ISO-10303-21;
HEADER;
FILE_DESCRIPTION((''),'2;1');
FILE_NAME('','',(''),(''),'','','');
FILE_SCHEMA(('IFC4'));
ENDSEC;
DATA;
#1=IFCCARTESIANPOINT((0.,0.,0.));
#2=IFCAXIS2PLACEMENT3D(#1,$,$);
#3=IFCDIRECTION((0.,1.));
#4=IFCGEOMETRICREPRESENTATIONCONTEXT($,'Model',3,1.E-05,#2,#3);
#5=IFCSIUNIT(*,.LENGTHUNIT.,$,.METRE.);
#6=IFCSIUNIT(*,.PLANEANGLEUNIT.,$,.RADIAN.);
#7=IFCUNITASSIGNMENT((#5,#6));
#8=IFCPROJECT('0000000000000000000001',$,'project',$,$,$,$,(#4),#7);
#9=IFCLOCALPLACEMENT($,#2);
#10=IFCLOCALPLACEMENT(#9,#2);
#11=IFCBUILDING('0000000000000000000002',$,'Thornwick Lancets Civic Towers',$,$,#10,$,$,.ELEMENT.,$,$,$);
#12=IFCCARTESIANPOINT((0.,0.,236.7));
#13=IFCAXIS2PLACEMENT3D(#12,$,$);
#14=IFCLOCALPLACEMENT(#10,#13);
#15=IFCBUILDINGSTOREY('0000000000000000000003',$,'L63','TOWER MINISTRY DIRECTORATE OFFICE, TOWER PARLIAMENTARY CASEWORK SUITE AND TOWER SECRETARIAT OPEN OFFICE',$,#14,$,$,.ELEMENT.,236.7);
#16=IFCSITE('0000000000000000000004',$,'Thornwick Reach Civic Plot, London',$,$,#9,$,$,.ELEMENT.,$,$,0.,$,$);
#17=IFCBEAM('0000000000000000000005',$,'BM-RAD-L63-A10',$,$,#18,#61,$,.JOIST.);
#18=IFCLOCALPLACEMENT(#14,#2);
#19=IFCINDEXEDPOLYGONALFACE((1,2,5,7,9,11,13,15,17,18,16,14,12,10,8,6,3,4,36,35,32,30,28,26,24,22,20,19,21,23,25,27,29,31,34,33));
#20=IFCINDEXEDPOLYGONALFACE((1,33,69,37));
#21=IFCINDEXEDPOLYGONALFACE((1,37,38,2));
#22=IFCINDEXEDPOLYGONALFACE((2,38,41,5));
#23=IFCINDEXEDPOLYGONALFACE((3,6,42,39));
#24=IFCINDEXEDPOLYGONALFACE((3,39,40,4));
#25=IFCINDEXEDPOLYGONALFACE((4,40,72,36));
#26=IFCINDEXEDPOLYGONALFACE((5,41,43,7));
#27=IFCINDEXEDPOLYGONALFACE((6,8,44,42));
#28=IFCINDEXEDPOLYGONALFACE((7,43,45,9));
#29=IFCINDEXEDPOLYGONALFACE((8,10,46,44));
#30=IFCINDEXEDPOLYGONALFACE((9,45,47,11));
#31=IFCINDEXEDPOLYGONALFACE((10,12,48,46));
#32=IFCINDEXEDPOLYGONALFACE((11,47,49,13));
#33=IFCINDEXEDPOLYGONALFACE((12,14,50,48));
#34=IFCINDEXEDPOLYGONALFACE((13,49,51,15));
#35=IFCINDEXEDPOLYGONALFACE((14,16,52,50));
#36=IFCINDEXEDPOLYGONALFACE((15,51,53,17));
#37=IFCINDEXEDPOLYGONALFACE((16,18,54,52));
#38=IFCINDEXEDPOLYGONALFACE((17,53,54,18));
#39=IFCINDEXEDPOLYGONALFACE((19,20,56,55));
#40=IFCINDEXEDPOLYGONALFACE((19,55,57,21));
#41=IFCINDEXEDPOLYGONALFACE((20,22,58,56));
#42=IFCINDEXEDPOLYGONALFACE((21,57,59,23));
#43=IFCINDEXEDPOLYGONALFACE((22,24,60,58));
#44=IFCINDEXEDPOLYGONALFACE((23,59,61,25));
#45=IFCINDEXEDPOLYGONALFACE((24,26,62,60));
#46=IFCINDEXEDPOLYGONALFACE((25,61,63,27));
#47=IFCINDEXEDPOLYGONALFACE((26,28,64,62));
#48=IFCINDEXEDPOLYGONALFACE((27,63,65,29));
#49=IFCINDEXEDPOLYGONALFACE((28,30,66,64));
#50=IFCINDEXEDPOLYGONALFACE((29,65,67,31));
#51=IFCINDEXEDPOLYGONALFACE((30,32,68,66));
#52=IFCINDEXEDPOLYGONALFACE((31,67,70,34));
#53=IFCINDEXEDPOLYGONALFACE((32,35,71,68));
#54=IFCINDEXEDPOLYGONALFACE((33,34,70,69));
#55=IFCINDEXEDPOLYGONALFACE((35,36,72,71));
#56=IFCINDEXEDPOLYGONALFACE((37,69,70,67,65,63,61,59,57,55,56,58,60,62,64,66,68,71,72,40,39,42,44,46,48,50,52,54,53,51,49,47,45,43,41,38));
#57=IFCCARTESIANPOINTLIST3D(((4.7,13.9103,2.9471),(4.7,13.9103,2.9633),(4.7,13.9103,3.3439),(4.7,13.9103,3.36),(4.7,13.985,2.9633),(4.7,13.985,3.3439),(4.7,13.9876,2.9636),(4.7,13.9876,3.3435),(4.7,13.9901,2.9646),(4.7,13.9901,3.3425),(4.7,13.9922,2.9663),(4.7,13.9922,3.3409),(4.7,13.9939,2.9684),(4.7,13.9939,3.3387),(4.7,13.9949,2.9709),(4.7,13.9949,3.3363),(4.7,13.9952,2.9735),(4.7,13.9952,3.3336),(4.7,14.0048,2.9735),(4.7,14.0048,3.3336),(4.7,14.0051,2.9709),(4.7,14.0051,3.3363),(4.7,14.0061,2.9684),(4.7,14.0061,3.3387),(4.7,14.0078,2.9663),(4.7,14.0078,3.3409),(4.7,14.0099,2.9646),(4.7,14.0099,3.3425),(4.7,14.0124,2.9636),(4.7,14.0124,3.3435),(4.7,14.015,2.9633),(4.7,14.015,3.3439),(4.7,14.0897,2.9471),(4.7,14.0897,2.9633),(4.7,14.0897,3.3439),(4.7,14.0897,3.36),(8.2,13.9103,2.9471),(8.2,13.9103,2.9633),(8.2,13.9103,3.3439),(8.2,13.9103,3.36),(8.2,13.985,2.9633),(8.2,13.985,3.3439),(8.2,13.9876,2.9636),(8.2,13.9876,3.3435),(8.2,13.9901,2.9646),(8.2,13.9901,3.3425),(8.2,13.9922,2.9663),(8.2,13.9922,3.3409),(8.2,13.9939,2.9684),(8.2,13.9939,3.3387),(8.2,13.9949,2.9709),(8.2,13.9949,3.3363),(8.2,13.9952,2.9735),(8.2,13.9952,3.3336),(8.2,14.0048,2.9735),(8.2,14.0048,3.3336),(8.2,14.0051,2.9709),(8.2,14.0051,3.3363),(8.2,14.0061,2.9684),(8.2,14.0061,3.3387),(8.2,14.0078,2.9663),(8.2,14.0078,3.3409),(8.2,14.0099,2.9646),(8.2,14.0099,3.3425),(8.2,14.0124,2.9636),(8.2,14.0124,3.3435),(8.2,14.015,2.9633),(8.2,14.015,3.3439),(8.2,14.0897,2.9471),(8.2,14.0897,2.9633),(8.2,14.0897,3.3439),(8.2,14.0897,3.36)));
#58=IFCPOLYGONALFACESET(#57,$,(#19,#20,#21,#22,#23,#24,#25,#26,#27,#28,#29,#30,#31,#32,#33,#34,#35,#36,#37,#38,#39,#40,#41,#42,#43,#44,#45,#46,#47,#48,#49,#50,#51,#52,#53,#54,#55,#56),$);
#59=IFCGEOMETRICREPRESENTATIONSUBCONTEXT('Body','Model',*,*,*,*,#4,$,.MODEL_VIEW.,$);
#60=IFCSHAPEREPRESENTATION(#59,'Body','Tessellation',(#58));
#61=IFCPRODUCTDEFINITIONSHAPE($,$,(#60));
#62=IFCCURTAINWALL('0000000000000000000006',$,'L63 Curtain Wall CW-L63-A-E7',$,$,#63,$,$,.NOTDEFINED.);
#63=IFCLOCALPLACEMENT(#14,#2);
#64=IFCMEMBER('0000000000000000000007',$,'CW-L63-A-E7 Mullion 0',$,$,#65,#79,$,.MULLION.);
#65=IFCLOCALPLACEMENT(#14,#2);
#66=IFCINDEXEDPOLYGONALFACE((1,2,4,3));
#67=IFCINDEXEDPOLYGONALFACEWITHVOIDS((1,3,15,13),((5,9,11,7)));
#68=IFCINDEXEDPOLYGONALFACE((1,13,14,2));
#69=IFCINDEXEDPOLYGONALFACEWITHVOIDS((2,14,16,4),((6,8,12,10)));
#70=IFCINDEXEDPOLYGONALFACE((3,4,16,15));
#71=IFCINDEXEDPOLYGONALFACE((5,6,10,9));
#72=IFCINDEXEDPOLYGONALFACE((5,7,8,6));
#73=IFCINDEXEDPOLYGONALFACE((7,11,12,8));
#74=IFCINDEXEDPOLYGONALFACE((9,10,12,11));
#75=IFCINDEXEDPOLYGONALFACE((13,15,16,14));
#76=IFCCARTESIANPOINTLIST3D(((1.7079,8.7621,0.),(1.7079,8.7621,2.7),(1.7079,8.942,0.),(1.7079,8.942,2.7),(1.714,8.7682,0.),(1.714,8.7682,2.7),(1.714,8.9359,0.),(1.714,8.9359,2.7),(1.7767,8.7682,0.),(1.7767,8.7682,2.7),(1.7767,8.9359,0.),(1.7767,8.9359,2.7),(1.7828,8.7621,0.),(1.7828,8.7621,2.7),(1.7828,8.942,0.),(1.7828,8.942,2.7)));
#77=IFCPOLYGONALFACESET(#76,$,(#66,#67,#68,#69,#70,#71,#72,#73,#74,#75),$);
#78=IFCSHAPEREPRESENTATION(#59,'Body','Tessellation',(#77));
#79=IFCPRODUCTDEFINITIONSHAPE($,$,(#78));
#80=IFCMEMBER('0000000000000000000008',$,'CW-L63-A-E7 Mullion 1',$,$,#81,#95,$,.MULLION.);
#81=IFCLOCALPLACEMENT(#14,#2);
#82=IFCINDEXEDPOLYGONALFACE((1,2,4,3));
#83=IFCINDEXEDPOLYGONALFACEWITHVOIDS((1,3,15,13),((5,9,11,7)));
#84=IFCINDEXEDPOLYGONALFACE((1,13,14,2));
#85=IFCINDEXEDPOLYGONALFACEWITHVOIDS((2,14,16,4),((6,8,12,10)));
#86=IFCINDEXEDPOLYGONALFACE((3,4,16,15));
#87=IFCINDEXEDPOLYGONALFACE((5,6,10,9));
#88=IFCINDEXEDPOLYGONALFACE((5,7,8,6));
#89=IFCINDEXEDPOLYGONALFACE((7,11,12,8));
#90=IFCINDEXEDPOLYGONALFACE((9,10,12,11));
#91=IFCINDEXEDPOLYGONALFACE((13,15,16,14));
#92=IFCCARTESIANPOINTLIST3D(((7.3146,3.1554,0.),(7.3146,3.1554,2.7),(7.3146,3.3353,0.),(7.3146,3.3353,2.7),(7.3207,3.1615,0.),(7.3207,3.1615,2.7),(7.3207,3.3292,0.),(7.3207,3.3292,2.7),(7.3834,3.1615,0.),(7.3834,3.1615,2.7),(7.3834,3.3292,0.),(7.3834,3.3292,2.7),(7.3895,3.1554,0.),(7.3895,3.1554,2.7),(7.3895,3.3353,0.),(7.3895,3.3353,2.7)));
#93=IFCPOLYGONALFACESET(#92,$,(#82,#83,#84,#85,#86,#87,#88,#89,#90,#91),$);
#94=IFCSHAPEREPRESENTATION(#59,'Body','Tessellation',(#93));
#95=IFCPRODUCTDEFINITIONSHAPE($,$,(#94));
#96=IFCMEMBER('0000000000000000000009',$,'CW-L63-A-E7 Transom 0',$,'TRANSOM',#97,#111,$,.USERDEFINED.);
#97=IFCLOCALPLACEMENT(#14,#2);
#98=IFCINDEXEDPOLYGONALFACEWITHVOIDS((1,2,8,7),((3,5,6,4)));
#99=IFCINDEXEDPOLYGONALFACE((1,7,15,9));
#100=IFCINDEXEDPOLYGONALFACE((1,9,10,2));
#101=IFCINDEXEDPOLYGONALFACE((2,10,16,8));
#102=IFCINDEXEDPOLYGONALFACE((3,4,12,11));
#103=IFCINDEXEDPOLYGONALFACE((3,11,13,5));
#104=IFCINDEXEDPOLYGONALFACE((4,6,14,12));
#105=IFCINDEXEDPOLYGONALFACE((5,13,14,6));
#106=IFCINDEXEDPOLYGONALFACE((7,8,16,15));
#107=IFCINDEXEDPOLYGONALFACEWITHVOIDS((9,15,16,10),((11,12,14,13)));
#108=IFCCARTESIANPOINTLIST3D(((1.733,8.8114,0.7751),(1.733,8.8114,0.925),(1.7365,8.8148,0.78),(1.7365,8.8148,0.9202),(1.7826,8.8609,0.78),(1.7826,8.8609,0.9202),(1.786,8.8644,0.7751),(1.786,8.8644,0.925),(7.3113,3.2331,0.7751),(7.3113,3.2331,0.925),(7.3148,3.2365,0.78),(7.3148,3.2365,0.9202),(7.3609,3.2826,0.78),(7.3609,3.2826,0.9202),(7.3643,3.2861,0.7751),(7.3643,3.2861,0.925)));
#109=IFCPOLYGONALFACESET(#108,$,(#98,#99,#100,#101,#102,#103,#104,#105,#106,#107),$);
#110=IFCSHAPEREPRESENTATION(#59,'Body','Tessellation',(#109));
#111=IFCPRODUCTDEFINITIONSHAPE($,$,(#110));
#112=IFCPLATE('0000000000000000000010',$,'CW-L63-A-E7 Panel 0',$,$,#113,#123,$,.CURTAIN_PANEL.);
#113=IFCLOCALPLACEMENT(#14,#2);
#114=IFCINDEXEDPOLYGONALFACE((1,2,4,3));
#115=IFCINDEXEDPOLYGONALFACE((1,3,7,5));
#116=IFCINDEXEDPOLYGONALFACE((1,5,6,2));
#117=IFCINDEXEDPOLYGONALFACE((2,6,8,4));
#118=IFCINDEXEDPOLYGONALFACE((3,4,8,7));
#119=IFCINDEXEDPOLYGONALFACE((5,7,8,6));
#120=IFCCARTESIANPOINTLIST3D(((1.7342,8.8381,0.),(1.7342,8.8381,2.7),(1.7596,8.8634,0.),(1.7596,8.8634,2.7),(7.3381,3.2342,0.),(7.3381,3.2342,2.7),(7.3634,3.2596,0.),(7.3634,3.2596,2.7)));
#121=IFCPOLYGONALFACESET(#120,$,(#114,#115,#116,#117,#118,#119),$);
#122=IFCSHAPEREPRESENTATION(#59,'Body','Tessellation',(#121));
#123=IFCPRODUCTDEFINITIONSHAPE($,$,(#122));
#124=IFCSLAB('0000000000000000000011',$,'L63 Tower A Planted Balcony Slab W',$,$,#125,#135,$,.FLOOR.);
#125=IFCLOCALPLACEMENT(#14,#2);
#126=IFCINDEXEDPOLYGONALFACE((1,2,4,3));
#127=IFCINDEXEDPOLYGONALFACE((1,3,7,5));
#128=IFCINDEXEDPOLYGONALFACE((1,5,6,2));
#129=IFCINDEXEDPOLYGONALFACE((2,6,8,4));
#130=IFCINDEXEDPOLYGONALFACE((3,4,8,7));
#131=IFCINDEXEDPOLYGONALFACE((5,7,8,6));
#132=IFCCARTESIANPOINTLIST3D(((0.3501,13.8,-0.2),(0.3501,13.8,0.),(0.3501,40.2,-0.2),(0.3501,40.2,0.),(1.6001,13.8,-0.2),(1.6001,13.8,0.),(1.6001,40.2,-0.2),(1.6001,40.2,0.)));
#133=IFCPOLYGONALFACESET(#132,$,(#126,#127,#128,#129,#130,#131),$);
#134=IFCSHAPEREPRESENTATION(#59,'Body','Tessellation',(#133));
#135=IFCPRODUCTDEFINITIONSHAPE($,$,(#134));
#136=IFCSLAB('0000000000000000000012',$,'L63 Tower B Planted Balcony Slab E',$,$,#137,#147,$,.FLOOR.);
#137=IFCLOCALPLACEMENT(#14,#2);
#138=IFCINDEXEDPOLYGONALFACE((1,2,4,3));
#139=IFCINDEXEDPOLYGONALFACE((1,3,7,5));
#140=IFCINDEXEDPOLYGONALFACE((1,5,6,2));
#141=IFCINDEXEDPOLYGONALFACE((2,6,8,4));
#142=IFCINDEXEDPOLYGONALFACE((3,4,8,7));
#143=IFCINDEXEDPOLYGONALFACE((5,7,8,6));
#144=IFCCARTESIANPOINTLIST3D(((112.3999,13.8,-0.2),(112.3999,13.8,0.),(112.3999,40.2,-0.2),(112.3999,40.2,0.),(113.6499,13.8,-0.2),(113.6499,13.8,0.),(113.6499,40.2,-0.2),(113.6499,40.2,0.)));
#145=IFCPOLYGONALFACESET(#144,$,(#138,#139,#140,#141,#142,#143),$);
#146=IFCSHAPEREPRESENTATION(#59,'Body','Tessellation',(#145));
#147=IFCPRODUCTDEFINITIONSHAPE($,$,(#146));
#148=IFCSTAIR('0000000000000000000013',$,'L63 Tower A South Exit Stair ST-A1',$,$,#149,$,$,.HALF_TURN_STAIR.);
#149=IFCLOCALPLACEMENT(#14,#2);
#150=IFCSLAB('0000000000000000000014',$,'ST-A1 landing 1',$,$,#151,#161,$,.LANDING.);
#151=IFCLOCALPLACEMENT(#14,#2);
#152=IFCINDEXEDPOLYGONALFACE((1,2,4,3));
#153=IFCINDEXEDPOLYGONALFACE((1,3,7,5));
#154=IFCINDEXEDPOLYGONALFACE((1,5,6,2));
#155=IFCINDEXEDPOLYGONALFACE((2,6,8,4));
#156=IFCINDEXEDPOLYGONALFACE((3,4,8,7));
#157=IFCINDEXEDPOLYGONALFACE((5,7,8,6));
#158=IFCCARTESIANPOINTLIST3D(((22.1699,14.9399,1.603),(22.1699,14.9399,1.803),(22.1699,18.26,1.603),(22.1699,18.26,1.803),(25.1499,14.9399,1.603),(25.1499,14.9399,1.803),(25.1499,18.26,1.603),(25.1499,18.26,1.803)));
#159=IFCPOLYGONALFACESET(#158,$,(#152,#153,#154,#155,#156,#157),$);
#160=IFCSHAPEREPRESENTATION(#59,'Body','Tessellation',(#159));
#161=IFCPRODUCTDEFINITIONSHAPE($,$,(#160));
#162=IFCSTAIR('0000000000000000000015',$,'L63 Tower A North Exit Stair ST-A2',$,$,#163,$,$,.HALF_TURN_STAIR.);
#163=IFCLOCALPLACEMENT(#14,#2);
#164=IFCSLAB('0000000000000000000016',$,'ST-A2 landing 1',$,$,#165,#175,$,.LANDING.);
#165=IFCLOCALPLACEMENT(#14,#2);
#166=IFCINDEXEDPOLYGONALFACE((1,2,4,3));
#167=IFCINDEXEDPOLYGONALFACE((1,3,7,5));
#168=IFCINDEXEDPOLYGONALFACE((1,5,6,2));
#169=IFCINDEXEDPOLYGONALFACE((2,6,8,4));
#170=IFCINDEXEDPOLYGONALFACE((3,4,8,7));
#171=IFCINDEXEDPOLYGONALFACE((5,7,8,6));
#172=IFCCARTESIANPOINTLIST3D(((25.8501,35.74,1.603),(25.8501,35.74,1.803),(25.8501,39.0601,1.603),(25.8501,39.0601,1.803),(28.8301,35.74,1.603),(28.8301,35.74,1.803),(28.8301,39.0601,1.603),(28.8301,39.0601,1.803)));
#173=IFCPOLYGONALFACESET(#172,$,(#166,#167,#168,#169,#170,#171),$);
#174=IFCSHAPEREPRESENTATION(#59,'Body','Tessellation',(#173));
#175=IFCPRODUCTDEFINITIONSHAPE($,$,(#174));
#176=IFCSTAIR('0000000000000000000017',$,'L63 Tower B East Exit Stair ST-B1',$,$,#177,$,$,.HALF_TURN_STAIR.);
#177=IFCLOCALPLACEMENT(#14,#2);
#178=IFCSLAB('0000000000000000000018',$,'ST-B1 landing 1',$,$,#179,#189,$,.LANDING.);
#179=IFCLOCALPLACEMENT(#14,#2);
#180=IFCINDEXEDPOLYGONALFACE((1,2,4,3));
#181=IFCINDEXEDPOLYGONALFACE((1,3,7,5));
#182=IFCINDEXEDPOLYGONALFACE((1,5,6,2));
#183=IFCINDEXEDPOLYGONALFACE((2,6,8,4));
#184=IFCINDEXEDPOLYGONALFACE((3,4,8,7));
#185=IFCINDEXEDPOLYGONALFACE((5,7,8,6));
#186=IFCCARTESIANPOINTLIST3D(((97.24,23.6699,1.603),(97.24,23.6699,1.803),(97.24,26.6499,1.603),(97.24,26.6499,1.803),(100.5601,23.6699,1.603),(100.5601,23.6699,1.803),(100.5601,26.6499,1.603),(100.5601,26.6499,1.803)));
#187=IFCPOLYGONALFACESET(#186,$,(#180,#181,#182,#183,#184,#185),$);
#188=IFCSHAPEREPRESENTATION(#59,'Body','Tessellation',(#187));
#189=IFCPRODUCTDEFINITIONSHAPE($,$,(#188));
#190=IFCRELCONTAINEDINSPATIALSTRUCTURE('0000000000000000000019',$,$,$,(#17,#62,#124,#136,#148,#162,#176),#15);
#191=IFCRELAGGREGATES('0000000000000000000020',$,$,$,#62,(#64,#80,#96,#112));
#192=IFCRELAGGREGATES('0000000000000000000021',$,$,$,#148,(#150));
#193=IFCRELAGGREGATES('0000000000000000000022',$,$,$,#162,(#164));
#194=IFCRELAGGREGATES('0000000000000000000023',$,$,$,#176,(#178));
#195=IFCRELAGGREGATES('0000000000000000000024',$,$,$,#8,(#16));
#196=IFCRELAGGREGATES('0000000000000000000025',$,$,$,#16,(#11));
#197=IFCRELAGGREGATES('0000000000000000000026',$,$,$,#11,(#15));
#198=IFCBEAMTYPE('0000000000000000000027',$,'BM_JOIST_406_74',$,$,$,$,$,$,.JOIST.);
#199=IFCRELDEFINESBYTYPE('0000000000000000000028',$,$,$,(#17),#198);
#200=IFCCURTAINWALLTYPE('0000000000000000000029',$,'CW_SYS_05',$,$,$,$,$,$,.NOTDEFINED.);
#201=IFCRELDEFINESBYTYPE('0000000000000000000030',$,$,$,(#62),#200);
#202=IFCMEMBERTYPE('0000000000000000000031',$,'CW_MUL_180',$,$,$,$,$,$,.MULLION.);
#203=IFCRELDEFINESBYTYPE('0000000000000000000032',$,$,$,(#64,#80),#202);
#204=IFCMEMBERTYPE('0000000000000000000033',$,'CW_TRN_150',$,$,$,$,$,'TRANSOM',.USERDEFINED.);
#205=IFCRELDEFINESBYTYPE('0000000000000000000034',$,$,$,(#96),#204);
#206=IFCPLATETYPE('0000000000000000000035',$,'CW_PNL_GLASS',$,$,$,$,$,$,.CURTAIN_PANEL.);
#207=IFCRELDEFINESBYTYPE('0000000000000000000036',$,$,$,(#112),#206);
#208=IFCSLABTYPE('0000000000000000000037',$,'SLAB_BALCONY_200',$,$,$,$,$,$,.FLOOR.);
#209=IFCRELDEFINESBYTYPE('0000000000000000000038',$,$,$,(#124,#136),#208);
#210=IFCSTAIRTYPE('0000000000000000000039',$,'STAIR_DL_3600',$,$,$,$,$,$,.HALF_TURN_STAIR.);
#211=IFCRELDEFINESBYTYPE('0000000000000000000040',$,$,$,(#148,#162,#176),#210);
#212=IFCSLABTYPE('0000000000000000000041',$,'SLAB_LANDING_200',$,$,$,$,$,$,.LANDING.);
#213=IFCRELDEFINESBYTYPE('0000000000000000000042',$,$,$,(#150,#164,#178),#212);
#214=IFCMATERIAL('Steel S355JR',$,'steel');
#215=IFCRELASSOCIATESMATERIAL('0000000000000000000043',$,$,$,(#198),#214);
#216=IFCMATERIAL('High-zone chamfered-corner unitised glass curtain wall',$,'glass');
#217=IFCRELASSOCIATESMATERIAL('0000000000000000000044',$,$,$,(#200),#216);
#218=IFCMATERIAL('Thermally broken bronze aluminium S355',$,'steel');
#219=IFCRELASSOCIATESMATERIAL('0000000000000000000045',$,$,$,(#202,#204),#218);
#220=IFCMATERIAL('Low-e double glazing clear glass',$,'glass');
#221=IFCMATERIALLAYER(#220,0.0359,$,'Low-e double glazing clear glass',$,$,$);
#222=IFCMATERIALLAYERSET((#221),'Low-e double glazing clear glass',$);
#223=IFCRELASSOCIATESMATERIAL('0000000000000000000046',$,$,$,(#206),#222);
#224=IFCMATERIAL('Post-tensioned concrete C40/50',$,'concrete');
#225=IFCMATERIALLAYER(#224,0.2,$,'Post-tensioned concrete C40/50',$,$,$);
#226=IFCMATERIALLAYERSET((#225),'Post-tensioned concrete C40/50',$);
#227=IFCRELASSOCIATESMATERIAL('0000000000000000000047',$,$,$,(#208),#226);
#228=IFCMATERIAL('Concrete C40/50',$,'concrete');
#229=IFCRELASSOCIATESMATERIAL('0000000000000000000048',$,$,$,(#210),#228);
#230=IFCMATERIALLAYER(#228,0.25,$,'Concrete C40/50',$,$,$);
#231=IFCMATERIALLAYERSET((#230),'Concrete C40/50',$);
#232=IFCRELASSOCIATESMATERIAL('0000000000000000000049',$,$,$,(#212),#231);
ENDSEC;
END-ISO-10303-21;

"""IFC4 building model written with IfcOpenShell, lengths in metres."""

from ifc_helpers import new_model, si_unit, direction, frame, origin, origin_2d, place, context, subcontext, project, spatial, polyline, rectangle, hollow_rectangle, i_section, outline, extrude, material, layer, layer_set, material_profile, profile_set, type_object, element, aggregate, save


model = new_model("IFC4")

# Units and contexts
model_context = context("Model", 3, precision=1e-05, world=origin(), true_north=direction((0.0, 1.0)))
body_context = subcontext(model_context, "Body", "Model", "MODEL_VIEW")
ifc_project = project(units=[si_unit("LENGTHUNIT", "METRE"), si_unit("PLANEANGLEUNIT", "RADIAN")], contexts=[model_context])

# Site, building, storey
site_placement = place(None, origin())
site = spatial("IfcSite", under=ifc_project, at=site_placement, Name="Thornwick Reach Civic Plot, London", CompositionType="ELEMENT", RefElevation=0.0)
building_placement = place(site_placement, origin())
building = spatial("IfcBuilding", under=site, at=building_placement, Name="Thornwick Lancets Civic Towers", CompositionType="ELEMENT")
storey_placement = place(building_placement, frame((0.0, 0.0, 236.7)))
storey = spatial("IfcBuildingStorey", under=building, at=storey_placement, Name="L63", Description="TOWER MINISTRY DIRECTORATE OFFICE, TOWER PARLIAMENTARY CASEWORK SUITE AND TOWER SECRETARIAT OPEN OFFICE", CompositionType="ELEMENT", Elevation=236.7)

# Shared definitions
ifc_material_1 = material(Name="Steel S355JR", Category="steel")

# Beam
ifc_material_profile_1 = material_profile(ifc_material_1, i_section(OverallWidth=0.1794, OverallDepth=0.4128, WebThickness=0.0095, FlangeThickness=0.0161, FilletRadius=0.0103, at=origin_2d()), Name="UKB 406x178x74")
ifc_profile_set_1 = profile_set([ifc_material_profile_1], Name="Steel S355JR")
beam_type_1 = type_object("IfcBeamType", Name="BM_JOIST_406_74", PredefinedType="JOIST", material=ifc_profile_set_1)
for number, where, z_axis, x_axis, name in (
    (1, (8.2, 14.0, 3.1536), (-1.0, 0.0, 0.0), (0.0, -1.0, 0.0), "BM-RAD-L63-A10"),
):
    element("IfcBeam", number, at=place(storey_placement, frame(where, z_axis=z_axis, x_axis=x_axis)), inside=storey, type_object=beam_type_1, Name=name, PredefinedType="JOIST", context=body_context, shape_type="SweptSolid", body=[
        extrude(i_section(OverallWidth=0.1794, OverallDepth=0.4128, WebThickness=0.0095, FlangeThickness=0.0161, FilletRadius=0.0103, at=origin_2d()), origin(), (0.0, 0.0, 1.0), 3.5),
    ])

# Curtain wall, members, plate
ifc_material_2 = material(Name="High-zone chamfered-corner unitised glass curtain wall", Category="glass")
curtain_wall_type = type_object("IfcCurtainWallType", Name="CW_SYS_05", PredefinedType="NOTDEFINED", material=ifc_material_2)
curtain_wall_placement = place(storey_placement, origin())
curtain_wall = element("IfcCurtainWall", 2, at=curtain_wall_placement, inside=storey, type_object=curtain_wall_type, Name="L63 Curtain Wall CW-L63-A-E7", PredefinedType="NOTDEFINED")
ifc_material_3 = material(Name="Thermally broken bronze aluminium S355", Category="steel")
ifc_material_profile_2 = material_profile(ifc_material_3, hollow_rectangle(XDim=0.075, YDim=0.1799, WallThickness=0.0061, at=origin_2d()), Name="RHS 180x75x6")
ifc_profile_set_2 = profile_set([ifc_material_profile_2], Name="Thermally broken bronze aluminium S355")
member_type_1 = type_object("IfcMemberType", Name="CW_MUL_180", PredefinedType="MULLION", material=ifc_profile_set_2)
member_1_placement = place(storey_placement, frame((1.7454, 8.8521, 0.0), z_axis=(0.0, 0.0, 1.0), x_axis=(1.0, 0.0, 0.0)))
member_1 = element("IfcMember", 3, at=member_1_placement, type_object=member_type_1, Name="CW-L63-A-E7 Mullion 0", PredefinedType="MULLION", context=body_context, shape_type="SweptSolid", body=[
    extrude(hollow_rectangle(XDim=0.075, YDim=0.1799, WallThickness=0.0061, at=origin_2d()), origin(), (0.0, 0.0, 1.0), 2.7),
])
member_2_placement = place(storey_placement, frame((7.3521, 3.2454, 0.0), z_axis=(0.0, 0.0, 1.0), x_axis=(1.0, 0.0, 0.0)))
member_2 = element("IfcMember", 4, at=member_2_placement, type_object=member_type_1, Name="CW-L63-A-E7 Mullion 1", PredefinedType="MULLION", context=body_context, shape_type="SweptSolid", body=[
    extrude(hollow_rectangle(XDim=0.075, YDim=0.1799, WallThickness=0.0061, at=origin_2d()), origin(), (0.0, 0.0, 1.0), 2.7),
])
ifc_material_profile_3 = material_profile(ifc_material_3, hollow_rectangle(XDim=0.075, YDim=0.1499, WallThickness=0.0049, at=origin_2d()), Name="RHS 150x75x5")
ifc_profile_set_3 = profile_set([ifc_material_profile_3], Name="Thermally broken bronze aluminium S355")
member_type_2 = type_object("IfcMemberType", Name="CW_TRN_150", ElementType="TRANSOM", PredefinedType="USERDEFINED", material=ifc_profile_set_3)
member_3_placement = place(storey_placement, frame((1.7595, 8.8379, 0.8501), z_axis=(0.707107, -0.707107, 0.0), x_axis=(0.707107, 0.707107, 0.0)))
member_3 = element("IfcMember", 5, at=member_3_placement, type_object=member_type_2, Name="CW-L63-A-E7 Transom 0", ObjectType="TRANSOM", PredefinedType="USERDEFINED", context=body_context, shape_type="SweptSolid", body=[
    extrude(hollow_rectangle(XDim=0.075, YDim=0.1499, WallThickness=0.0049, at=origin_2d()), origin(), (0.0, 0.0, 1.0), 7.8889),
])
ifc_material_4 = material(Name="Low-e double glazing clear glass", Category="glass")
ifc_layer_1 = layer(ifc_material_4, 0.0359, Name="Low-e double glazing clear glass")
ifc_layer_set_1 = layer_set([ifc_layer_1], Name="Low-e double glazing clear glass")
plate_type = type_object("IfcPlateType", Name="CW_PNL_GLASS", PredefinedType="CURTAIN_PANEL", material=ifc_layer_set_1)
plate_placement = place(storey_placement, frame((4.5488, 6.0488, 0.0), z_axis=(0.0, 0.0, 1.0), x_axis=(0.707107, -0.707107, 0.0)))
plate = element("IfcPlate", 6, at=plate_placement, type_object=plate_type, Name="CW-L63-A-E7 Panel 0", PredefinedType="CURTAIN_PANEL", context=body_context, shape_type="SweptSolid", body=[
    extrude(rectangle(XDim=7.925, YDim=0.0359, at=origin_2d()), origin(), (0.0, 0.0, 1.0), 2.7),
])
aggregate(curtain_wall, [member_1, member_2, member_3, plate])

# Slabs
ifc_material_5 = material(Name="Post-tensioned concrete C40/50", Category="concrete")
ifc_layer_2 = layer(ifc_material_5, 0.2, Name="Post-tensioned concrete C40/50")
ifc_layer_set_2 = layer_set([ifc_layer_2], Name="Post-tensioned concrete C40/50")
slab_type_1 = type_object("IfcSlabType", Name="SLAB_BALCONY_200", PredefinedType="FLOOR", material=ifc_layer_set_2)
slab_1_placement = place(storey_placement, frame((0.0, 0.0, -0.2)))
element("IfcSlab", 7, at=slab_1_placement, inside=storey, type_object=slab_type_1, Name="L63 Tower A Planted Balcony Slab W", PredefinedType="FLOOR", context=body_context, shape_type="SweptSolid", body=[
    extrude(outline(polyline([(0.3501, 13.8), (1.6001, 13.8), (1.6001, 40.2), (0.3501, 40.2), (0.3501, 13.8)])), origin(), (0.0, 0.0, 1.0), 0.2),
])
slab_2_placement = place(storey_placement, frame((0.0, 0.0, -0.2)))
element("IfcSlab", 8, at=slab_2_placement, inside=storey, type_object=slab_type_1, Name="L63 Tower B Planted Balcony Slab E", PredefinedType="FLOOR", context=body_context, shape_type="SweptSolid", body=[
    extrude(outline(polyline([(112.3999, 13.8), (113.6499, 13.8), (113.6499, 40.2), (112.3999, 40.2), (112.3999, 13.8)])), origin(), (0.0, 0.0, 1.0), 0.2),
])

# Stairs, slabs
ifc_material_6 = material(Name="Concrete C40/50", Category="concrete")
stair_type = type_object("IfcStairType", Name="STAIR_DL_3600", PredefinedType="HALF_TURN_STAIR", material=ifc_material_6)
stair_1_placement = place(storey_placement, origin())
stair_1 = element("IfcStair", 9, at=stair_1_placement, inside=storey, type_object=stair_type, Name="L63 Tower A South Exit Stair ST-A1", PredefinedType="HALF_TURN_STAIR")
ifc_layer_3 = layer(ifc_material_6, 0.25, Name="Concrete C40/50")
ifc_layer_set_3 = layer_set([ifc_layer_3], Name="Concrete C40/50")
slab_type_2 = type_object("IfcSlabType", Name="SLAB_LANDING_200", PredefinedType="LANDING", material=ifc_layer_set_3)
slab_3_placement = place(storey_placement, frame((0.0, 0.0, 1.603)))
slab_3 = element("IfcSlab", 10, at=slab_3_placement, type_object=slab_type_2, Name="ST-A1 landing 1", PredefinedType="LANDING", context=body_context, shape_type="SweptSolid", body=[
    extrude(outline(polyline([(22.1699, 14.9399), (25.1499, 14.9399), (25.1499, 18.26), (22.1699, 18.26), (22.1699, 14.9399)])), origin(), (0.0, 0.0, 1.0), 0.2),
])
aggregate(stair_1, [slab_3])
stair_2_placement = place(storey_placement, origin())
stair_2 = element("IfcStair", 11, at=stair_2_placement, inside=storey, type_object=stair_type, Name="L63 Tower A North Exit Stair ST-A2", PredefinedType="HALF_TURN_STAIR")
slab_4_placement = place(storey_placement, frame((0.0, 0.0, 1.603)))
slab_4 = element("IfcSlab", 12, at=slab_4_placement, type_object=slab_type_2, Name="ST-A2 landing 1", PredefinedType="LANDING", context=body_context, shape_type="SweptSolid", body=[
    extrude(outline(polyline([(28.8301, 39.0601), (25.8501, 39.0601), (25.8501, 35.74), (28.8301, 35.74), (28.8301, 39.0601)])), origin(), (0.0, 0.0, 1.0), 0.2),
])
aggregate(stair_2, [slab_4])
stair_3_placement = place(storey_placement, origin())
stair_3 = element("IfcStair", 13, at=stair_3_placement, inside=storey, type_object=stair_type, Name="L63 Tower B East Exit Stair ST-B1", PredefinedType="HALF_TURN_STAIR")
slab_5_placement = place(storey_placement, frame((0.0, 0.0, 1.603)))
slab_5 = element("IfcSlab", 14, at=slab_5_placement, type_object=slab_type_2, Name="ST-B1 landing 1", PredefinedType="LANDING", context=body_context, shape_type="SweptSolid", body=[
    extrude(outline(polyline([(100.5601, 23.6699), (100.5601, 26.6499), (97.24, 26.6499), (97.24, 23.6699), (100.5601, 23.6699)])), origin(), (0.0, 0.0, 1.0), 0.2),
])
aggregate(stair_3, [slab_5])

save(model, "model.ifc")
